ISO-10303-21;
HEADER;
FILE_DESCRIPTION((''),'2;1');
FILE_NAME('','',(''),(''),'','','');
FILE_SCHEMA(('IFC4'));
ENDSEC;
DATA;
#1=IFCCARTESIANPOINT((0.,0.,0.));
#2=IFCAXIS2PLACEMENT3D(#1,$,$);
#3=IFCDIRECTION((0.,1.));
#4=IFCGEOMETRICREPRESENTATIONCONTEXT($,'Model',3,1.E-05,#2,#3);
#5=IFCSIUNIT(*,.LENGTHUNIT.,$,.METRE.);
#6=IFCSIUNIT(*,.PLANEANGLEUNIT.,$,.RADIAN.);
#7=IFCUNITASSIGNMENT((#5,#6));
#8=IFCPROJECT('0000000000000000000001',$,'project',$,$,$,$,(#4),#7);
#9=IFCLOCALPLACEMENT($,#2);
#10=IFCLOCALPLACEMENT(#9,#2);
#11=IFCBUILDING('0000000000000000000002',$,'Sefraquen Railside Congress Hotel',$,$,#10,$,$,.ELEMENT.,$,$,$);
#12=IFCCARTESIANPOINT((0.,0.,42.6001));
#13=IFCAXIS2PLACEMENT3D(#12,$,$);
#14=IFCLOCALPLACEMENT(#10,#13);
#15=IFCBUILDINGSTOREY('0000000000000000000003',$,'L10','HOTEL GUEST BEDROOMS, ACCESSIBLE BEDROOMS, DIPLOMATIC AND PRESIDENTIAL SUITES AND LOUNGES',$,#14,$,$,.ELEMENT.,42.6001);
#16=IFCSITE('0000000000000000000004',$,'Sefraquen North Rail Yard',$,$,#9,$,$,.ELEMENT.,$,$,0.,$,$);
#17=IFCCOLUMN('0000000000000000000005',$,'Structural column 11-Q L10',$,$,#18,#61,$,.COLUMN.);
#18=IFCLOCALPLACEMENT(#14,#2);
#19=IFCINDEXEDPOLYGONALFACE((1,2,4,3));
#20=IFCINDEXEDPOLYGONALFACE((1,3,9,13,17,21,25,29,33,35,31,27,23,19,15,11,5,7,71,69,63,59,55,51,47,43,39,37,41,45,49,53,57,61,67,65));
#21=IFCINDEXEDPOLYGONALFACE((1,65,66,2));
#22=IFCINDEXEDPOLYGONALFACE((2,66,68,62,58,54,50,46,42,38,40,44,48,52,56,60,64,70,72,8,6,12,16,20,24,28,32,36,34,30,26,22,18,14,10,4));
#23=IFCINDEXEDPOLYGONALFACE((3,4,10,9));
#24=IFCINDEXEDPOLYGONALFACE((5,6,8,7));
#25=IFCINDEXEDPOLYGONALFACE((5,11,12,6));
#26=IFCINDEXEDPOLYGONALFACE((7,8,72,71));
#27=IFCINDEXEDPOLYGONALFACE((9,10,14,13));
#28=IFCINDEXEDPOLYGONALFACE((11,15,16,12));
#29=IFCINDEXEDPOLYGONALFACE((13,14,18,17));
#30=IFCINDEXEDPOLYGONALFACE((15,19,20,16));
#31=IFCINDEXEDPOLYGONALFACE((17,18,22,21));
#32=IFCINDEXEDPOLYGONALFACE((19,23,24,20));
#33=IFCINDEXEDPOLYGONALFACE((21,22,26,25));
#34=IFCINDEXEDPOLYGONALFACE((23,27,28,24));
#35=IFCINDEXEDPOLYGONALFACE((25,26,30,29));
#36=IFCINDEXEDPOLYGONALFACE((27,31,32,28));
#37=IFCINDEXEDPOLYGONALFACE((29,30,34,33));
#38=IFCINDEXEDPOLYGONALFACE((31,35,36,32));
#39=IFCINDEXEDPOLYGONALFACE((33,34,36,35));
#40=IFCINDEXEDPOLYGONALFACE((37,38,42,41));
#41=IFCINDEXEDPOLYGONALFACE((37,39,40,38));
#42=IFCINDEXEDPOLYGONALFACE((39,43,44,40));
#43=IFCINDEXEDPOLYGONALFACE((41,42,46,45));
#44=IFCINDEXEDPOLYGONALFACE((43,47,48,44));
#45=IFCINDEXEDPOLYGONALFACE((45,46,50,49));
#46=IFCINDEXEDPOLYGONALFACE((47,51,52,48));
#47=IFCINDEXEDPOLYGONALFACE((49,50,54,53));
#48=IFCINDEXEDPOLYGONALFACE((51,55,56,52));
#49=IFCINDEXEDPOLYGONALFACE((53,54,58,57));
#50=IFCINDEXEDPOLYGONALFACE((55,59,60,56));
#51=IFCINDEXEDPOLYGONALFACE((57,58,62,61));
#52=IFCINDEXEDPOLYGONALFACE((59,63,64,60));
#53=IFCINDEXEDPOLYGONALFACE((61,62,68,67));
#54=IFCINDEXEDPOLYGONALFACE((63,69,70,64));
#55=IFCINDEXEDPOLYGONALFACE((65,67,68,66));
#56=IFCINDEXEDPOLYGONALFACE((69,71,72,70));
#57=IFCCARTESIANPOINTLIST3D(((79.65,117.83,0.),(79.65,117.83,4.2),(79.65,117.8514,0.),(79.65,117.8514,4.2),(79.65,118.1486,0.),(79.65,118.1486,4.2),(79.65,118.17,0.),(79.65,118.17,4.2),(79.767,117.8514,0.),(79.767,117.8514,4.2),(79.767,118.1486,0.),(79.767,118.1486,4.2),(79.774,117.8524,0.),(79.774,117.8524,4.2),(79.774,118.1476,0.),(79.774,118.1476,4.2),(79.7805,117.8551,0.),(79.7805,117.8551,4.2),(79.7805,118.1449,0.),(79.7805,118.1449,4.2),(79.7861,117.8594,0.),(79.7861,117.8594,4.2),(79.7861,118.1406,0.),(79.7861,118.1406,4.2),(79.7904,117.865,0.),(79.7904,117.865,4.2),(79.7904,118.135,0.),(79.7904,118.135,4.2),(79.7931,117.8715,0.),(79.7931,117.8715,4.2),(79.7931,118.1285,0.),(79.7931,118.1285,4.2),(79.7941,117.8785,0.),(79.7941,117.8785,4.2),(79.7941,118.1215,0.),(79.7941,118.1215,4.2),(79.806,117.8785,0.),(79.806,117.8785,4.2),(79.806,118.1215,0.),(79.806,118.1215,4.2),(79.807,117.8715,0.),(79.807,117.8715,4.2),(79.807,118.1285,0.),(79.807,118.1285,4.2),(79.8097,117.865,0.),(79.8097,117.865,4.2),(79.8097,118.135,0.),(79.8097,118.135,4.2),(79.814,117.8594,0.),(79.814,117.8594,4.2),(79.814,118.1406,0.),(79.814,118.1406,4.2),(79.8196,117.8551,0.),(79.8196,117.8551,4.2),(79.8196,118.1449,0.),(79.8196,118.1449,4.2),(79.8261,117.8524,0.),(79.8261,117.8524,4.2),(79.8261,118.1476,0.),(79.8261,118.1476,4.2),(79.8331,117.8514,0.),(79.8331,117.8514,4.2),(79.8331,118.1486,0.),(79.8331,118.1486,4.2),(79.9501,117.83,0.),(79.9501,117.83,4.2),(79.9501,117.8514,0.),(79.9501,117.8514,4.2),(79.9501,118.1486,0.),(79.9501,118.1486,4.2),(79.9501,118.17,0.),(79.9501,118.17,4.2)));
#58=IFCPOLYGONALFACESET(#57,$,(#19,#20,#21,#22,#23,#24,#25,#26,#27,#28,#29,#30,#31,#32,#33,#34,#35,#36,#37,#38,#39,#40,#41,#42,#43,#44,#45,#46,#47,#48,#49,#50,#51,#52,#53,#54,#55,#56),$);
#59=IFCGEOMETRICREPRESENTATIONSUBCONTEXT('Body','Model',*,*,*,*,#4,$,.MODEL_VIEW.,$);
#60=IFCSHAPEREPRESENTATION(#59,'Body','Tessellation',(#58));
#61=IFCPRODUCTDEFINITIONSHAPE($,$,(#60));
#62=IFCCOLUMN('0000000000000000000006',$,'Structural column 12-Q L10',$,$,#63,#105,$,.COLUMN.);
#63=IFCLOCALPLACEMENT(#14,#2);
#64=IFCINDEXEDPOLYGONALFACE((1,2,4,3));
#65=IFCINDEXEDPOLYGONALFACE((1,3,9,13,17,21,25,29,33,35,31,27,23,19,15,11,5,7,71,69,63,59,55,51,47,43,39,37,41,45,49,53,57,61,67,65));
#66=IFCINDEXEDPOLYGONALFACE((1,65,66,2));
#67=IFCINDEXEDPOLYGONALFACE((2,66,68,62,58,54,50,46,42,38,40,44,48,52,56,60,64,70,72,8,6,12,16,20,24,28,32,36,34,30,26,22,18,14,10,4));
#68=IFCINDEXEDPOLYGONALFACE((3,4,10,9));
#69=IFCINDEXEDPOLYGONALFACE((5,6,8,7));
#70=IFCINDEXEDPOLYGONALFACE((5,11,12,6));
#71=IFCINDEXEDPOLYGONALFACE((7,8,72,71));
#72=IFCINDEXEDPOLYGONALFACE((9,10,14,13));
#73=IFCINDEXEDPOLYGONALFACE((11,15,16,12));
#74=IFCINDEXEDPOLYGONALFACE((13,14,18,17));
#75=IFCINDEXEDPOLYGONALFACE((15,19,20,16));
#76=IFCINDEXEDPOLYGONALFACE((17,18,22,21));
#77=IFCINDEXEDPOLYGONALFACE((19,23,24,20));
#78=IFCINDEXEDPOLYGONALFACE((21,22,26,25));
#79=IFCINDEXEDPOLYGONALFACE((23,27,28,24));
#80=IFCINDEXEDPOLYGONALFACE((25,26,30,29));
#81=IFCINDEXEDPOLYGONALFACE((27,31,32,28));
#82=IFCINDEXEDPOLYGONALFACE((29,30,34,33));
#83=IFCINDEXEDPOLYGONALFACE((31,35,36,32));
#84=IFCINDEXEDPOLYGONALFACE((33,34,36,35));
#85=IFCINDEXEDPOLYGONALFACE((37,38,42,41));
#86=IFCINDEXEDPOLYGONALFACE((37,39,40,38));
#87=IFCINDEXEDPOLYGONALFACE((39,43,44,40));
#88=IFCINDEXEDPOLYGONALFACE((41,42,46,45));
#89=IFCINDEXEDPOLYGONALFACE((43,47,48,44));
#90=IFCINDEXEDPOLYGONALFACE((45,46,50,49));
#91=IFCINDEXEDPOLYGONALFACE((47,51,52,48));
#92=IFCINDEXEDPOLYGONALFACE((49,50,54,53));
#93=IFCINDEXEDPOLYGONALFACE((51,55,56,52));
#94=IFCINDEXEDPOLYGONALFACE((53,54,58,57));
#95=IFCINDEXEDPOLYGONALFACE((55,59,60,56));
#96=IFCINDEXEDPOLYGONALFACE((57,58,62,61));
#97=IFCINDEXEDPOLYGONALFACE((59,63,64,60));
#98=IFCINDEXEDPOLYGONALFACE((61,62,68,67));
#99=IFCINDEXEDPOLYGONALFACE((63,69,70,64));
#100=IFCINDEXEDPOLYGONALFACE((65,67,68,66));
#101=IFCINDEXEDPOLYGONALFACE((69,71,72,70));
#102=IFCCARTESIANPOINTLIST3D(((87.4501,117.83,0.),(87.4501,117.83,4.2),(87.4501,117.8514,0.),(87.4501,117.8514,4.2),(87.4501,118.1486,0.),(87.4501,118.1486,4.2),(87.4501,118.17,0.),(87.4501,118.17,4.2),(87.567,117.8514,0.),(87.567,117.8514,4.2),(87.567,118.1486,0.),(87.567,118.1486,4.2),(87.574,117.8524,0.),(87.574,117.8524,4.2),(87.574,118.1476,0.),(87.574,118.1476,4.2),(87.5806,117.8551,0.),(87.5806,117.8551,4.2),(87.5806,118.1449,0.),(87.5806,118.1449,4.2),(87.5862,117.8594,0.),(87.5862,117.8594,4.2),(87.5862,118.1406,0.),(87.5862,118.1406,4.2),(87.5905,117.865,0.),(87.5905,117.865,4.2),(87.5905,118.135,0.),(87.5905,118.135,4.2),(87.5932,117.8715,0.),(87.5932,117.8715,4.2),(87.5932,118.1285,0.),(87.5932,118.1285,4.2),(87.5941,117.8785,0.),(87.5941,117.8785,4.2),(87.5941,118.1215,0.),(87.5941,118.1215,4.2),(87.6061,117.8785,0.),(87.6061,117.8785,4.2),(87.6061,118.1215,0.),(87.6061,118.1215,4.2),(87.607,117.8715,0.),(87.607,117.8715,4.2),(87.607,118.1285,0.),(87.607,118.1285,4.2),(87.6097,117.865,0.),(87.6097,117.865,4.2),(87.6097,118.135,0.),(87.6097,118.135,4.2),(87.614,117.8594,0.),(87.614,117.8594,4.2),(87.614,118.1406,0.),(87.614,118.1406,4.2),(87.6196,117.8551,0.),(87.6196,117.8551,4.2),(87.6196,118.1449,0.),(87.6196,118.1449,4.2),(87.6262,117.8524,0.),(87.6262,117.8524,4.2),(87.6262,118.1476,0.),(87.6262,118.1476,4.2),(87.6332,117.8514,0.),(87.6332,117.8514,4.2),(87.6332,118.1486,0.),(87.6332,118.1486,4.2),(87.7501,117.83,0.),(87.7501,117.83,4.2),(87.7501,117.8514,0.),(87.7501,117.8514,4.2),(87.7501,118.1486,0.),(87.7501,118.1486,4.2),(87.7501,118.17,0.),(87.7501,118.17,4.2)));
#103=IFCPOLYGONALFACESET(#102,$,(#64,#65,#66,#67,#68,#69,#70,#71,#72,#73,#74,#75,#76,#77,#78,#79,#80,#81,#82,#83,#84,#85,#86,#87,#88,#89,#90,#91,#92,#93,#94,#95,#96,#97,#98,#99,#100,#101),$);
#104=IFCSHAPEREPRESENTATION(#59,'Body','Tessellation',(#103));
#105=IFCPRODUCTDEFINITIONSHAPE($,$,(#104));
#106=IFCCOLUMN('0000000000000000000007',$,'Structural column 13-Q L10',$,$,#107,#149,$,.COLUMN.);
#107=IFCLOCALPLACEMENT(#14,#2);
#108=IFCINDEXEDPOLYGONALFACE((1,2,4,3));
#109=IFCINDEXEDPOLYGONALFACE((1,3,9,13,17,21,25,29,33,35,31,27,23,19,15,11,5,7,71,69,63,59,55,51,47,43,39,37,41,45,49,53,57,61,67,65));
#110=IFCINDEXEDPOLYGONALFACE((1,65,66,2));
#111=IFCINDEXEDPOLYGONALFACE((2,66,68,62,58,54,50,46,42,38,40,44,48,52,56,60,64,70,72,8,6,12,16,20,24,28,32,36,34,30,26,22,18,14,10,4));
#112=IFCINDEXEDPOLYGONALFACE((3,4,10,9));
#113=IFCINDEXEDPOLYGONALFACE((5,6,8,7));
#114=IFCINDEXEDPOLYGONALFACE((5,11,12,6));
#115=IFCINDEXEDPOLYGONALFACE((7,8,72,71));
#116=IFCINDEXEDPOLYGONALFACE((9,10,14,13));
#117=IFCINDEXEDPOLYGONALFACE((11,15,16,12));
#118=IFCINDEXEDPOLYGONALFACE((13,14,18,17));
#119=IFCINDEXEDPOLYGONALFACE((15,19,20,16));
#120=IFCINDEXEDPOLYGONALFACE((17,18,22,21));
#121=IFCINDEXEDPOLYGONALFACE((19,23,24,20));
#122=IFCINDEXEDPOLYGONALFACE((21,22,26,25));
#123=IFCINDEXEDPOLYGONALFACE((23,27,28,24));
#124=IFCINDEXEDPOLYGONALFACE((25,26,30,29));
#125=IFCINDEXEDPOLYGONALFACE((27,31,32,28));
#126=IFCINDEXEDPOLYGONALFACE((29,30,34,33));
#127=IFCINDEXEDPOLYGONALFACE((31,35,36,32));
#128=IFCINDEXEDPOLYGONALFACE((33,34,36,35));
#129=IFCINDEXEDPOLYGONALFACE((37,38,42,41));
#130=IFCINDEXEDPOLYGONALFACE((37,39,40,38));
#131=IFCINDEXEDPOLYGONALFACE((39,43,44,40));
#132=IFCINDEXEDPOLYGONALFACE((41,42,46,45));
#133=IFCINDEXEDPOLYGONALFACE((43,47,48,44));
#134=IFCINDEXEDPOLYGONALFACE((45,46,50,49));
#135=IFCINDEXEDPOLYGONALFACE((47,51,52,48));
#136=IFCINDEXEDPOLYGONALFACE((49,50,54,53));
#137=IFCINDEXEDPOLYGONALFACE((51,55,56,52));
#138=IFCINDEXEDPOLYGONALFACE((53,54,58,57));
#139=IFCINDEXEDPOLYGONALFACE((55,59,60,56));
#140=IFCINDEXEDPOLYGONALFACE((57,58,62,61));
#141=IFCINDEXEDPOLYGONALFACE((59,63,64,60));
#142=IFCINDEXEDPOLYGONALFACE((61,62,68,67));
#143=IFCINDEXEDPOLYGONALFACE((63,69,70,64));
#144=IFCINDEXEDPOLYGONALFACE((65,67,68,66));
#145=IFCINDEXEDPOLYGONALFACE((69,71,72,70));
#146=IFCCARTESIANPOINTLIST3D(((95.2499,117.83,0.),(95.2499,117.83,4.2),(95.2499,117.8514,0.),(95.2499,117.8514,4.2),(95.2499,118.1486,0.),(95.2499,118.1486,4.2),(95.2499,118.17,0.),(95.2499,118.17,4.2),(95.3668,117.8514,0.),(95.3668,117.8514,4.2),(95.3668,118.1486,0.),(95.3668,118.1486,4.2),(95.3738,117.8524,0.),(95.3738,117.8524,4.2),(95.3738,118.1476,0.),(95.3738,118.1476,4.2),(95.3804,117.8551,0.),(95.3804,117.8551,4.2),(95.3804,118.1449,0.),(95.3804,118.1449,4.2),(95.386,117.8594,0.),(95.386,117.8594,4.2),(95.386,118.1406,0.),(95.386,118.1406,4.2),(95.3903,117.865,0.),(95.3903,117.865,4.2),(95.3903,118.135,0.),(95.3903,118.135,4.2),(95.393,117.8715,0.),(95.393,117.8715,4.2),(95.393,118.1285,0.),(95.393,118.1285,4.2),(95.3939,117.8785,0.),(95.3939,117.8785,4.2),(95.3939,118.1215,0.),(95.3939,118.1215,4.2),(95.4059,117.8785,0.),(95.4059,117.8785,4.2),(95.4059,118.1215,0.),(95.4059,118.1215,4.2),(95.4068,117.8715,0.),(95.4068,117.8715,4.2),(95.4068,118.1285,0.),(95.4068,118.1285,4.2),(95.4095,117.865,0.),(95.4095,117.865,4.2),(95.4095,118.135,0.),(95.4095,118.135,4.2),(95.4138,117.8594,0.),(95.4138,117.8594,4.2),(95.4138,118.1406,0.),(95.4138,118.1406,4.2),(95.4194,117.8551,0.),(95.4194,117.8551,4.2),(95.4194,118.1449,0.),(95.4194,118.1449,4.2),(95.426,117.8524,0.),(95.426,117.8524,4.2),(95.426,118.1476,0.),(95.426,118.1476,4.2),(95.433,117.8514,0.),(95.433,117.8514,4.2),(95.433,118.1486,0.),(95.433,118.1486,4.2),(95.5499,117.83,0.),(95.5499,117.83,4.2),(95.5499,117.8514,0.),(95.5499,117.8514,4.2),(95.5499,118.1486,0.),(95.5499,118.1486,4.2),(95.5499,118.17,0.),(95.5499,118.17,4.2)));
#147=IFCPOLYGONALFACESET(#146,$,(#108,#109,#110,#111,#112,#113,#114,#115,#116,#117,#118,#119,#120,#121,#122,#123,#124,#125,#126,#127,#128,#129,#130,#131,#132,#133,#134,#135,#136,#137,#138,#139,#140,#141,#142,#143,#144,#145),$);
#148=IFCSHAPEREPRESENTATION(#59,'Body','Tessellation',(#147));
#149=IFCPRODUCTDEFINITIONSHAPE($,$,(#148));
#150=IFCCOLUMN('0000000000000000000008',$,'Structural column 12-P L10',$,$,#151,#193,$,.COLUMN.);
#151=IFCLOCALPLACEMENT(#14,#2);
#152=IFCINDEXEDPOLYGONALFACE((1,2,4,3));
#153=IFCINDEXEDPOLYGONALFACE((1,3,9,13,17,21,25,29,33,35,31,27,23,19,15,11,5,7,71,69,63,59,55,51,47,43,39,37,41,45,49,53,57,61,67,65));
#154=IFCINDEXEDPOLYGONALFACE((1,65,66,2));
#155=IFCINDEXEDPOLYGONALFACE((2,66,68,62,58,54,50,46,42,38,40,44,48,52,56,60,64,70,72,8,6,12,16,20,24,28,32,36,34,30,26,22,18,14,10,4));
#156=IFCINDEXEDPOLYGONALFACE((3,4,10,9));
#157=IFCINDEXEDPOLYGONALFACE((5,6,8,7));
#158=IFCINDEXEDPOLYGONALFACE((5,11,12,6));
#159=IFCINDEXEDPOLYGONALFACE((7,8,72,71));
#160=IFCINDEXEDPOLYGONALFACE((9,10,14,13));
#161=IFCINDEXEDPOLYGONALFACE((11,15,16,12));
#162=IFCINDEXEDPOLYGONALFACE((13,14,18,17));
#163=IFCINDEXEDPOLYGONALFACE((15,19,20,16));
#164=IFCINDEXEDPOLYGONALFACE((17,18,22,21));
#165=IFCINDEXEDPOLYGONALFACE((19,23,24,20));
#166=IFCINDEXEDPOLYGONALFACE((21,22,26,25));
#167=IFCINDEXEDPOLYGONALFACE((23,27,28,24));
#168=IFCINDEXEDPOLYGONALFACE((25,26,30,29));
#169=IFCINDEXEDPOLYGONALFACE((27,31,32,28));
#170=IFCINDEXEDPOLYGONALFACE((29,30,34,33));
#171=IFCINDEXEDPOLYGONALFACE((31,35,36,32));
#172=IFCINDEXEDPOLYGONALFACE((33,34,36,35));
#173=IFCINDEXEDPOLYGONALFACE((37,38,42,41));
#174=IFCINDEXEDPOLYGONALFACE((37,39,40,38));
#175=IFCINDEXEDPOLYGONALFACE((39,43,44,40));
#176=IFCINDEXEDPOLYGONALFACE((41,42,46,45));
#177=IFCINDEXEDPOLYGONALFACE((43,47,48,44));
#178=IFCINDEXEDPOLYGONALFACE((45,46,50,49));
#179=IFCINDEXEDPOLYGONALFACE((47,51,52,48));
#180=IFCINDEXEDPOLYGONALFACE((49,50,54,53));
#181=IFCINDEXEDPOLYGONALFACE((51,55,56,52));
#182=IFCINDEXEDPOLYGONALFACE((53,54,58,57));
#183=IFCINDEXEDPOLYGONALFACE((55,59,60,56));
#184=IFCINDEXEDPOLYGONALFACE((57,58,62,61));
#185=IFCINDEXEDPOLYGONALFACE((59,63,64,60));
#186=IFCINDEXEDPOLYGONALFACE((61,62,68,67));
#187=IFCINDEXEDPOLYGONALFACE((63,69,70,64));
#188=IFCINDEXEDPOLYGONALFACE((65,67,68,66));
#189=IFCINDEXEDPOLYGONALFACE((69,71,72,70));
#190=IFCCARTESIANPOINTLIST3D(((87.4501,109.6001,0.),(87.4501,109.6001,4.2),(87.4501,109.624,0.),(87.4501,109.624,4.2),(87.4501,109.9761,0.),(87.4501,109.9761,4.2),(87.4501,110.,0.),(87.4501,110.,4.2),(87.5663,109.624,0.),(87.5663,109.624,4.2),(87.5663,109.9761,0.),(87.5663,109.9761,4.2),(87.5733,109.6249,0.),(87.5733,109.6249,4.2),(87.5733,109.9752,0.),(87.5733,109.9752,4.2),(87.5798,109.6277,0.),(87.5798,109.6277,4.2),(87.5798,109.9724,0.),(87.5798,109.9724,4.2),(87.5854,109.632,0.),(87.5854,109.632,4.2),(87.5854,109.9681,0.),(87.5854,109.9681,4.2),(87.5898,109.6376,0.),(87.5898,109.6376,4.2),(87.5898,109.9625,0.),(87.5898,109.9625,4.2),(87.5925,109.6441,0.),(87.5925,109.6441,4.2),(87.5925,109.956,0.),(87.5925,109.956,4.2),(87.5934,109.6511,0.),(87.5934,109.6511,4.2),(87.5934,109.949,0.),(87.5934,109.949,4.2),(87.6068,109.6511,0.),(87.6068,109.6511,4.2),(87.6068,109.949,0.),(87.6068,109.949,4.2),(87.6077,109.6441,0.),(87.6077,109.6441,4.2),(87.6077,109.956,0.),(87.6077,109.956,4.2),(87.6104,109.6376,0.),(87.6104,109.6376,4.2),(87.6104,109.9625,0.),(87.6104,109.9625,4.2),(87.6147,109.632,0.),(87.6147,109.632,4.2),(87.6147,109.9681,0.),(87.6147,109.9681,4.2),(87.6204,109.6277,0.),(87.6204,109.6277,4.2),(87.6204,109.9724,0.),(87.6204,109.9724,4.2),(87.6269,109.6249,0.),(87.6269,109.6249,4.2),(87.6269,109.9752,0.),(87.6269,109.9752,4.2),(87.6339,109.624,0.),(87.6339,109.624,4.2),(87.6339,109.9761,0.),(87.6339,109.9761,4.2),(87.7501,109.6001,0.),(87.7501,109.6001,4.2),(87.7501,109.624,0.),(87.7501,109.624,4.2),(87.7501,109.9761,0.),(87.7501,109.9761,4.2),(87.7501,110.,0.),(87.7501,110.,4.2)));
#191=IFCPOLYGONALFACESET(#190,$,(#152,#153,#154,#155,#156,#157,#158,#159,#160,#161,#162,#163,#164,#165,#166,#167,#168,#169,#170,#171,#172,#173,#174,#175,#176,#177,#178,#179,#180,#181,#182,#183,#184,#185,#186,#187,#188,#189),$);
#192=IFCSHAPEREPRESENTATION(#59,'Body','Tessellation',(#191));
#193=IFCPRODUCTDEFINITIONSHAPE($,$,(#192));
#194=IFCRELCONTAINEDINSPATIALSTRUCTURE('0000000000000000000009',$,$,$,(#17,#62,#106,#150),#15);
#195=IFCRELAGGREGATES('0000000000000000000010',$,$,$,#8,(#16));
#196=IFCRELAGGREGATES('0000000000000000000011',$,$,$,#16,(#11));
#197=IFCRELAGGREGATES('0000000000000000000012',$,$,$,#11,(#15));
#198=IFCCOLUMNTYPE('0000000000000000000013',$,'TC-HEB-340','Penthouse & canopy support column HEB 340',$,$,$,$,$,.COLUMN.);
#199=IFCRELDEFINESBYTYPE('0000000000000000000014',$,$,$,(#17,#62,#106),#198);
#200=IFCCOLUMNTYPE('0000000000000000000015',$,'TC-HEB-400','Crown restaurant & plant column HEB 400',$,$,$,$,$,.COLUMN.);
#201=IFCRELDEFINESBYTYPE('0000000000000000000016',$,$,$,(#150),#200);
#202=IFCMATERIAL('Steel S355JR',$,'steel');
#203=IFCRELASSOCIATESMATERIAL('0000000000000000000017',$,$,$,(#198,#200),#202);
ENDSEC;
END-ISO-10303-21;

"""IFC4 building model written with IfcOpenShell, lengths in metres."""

from ifc_helpers import new_model, si_unit, direction, frame, origin, origin_2d, place, context, subcontext, project, spatial, i_section, extrude, material, material_profile, profile_set, type_object, element, save


model = new_model("IFC4")

# Units and contexts
model_context = context("Model", 3, precision=1e-05, world=origin(), true_north=direction((0.0, 1.0)))
body_context = subcontext(model_context, "Body", "Model", "MODEL_VIEW")
ifc_project = project(units=[si_unit("LENGTHUNIT", "METRE"), si_unit("PLANEANGLEUNIT", "RADIAN")], contexts=[model_context])

# Site, building, storey
site_placement = place(None, origin())
site = spatial("IfcSite", under=ifc_project, at=site_placement, Name="Sefraquen North Rail Yard", CompositionType="ELEMENT", RefElevation=0.0)
building_placement = place(site_placement, origin())
building = spatial("IfcBuilding", under=site, at=building_placement, Name="Sefraquen Railside Congress Hotel", CompositionType="ELEMENT")
storey_placement = place(building_placement, frame((0.0, 0.0, 42.6001)))
storey = spatial("IfcBuildingStorey", under=building, at=storey_placement, Name="L10", Description="HOTEL GUEST BEDROOMS, ACCESSIBLE BEDROOMS, DIPLOMATIC AND PRESIDENTIAL SUITES AND LOUNGES", CompositionType="ELEMENT", Elevation=42.6001)

# Columns
ifc_material_1 = material(Name="Steel S355JR", Category="steel")
ifc_material_profile_1 = material_profile(ifc_material_1, i_section(OverallWidth=0.3, OverallDepth=0.3401, WebThickness=0.012, FlangeThickness=0.0215, FilletRadius=0.0271, at=origin_2d()), Name="HEB 340")
ifc_profile_set_1 = profile_set([ifc_material_profile_1], Name="Steel S355JR")
column_type_1 = type_object("IfcColumnType", Name="TC-HEB-340", Description="Penthouse & canopy support column HEB 340", PredefinedType="COLUMN", material=ifc_profile_set_1)
for number, where, z_axis, x_axis, name in (
    (1, (79.8, 118.0, 0.0), (0.0, 0.0, 1.0), (1.0, 0.0, 0.0), "Structural column 11-Q L10"),
    (2, (87.6001, 118.0, 0.0), (0.0, 0.0, 1.0), (1.0, 0.0, 0.0), "Structural column 12-Q L10"),
    (3, (95.3999, 118.0, 0.0), (0.0, 0.0, 1.0), (1.0, 0.0, 0.0), "Structural column 13-Q L10"),
):
    element("IfcColumn", number, at=place(storey_placement, frame(where, z_axis=z_axis, x_axis=x_axis)), inside=storey, type_object=column_type_1, Name=name, PredefinedType="COLUMN", context=body_context, shape_type="SweptSolid", body=[
        extrude(i_section(OverallWidth=0.3, OverallDepth=0.3401, WebThickness=0.012, FlangeThickness=0.0215, FilletRadius=0.0271, at=origin_2d()), origin(), (0.0, 0.0, 1.0), 4.2),
    ])
ifc_material_profile_2 = material_profile(ifc_material_1, i_section(OverallWidth=0.3, OverallDepth=0.3999, WebThickness=0.0134, FlangeThickness=0.0239, FilletRadius=0.0271, at=origin_2d()), Name="HEB 400")
ifc_profile_set_2 = profile_set([ifc_material_profile_2], Name="Steel S355JR")
column_type_2 = type_object("IfcColumnType", Name="TC-HEB-400", Description="Crown restaurant & plant column HEB 400", PredefinedType="COLUMN", material=ifc_profile_set_2)
for number, where, z_axis, x_axis, name in (
    (4, (87.6001, 109.8, 0.0), (0.0, 0.0, 1.0), (1.0, 0.0, 0.0), "Structural column 12-P L10"),
):
    element("IfcColumn", number, at=place(storey_placement, frame(where, z_axis=z_axis, x_axis=x_axis)), inside=storey, type_object=column_type_2, Name=name, PredefinedType="COLUMN", context=body_context, shape_type="SweptSolid", body=[
        extrude(i_section(OverallWidth=0.3, OverallDepth=0.3999, WebThickness=0.0134, FlangeThickness=0.0239, FilletRadius=0.0271, at=origin_2d()), origin(), (0.0, 0.0, 1.0), 4.2),
    ])

save(model, "model.ifc")
